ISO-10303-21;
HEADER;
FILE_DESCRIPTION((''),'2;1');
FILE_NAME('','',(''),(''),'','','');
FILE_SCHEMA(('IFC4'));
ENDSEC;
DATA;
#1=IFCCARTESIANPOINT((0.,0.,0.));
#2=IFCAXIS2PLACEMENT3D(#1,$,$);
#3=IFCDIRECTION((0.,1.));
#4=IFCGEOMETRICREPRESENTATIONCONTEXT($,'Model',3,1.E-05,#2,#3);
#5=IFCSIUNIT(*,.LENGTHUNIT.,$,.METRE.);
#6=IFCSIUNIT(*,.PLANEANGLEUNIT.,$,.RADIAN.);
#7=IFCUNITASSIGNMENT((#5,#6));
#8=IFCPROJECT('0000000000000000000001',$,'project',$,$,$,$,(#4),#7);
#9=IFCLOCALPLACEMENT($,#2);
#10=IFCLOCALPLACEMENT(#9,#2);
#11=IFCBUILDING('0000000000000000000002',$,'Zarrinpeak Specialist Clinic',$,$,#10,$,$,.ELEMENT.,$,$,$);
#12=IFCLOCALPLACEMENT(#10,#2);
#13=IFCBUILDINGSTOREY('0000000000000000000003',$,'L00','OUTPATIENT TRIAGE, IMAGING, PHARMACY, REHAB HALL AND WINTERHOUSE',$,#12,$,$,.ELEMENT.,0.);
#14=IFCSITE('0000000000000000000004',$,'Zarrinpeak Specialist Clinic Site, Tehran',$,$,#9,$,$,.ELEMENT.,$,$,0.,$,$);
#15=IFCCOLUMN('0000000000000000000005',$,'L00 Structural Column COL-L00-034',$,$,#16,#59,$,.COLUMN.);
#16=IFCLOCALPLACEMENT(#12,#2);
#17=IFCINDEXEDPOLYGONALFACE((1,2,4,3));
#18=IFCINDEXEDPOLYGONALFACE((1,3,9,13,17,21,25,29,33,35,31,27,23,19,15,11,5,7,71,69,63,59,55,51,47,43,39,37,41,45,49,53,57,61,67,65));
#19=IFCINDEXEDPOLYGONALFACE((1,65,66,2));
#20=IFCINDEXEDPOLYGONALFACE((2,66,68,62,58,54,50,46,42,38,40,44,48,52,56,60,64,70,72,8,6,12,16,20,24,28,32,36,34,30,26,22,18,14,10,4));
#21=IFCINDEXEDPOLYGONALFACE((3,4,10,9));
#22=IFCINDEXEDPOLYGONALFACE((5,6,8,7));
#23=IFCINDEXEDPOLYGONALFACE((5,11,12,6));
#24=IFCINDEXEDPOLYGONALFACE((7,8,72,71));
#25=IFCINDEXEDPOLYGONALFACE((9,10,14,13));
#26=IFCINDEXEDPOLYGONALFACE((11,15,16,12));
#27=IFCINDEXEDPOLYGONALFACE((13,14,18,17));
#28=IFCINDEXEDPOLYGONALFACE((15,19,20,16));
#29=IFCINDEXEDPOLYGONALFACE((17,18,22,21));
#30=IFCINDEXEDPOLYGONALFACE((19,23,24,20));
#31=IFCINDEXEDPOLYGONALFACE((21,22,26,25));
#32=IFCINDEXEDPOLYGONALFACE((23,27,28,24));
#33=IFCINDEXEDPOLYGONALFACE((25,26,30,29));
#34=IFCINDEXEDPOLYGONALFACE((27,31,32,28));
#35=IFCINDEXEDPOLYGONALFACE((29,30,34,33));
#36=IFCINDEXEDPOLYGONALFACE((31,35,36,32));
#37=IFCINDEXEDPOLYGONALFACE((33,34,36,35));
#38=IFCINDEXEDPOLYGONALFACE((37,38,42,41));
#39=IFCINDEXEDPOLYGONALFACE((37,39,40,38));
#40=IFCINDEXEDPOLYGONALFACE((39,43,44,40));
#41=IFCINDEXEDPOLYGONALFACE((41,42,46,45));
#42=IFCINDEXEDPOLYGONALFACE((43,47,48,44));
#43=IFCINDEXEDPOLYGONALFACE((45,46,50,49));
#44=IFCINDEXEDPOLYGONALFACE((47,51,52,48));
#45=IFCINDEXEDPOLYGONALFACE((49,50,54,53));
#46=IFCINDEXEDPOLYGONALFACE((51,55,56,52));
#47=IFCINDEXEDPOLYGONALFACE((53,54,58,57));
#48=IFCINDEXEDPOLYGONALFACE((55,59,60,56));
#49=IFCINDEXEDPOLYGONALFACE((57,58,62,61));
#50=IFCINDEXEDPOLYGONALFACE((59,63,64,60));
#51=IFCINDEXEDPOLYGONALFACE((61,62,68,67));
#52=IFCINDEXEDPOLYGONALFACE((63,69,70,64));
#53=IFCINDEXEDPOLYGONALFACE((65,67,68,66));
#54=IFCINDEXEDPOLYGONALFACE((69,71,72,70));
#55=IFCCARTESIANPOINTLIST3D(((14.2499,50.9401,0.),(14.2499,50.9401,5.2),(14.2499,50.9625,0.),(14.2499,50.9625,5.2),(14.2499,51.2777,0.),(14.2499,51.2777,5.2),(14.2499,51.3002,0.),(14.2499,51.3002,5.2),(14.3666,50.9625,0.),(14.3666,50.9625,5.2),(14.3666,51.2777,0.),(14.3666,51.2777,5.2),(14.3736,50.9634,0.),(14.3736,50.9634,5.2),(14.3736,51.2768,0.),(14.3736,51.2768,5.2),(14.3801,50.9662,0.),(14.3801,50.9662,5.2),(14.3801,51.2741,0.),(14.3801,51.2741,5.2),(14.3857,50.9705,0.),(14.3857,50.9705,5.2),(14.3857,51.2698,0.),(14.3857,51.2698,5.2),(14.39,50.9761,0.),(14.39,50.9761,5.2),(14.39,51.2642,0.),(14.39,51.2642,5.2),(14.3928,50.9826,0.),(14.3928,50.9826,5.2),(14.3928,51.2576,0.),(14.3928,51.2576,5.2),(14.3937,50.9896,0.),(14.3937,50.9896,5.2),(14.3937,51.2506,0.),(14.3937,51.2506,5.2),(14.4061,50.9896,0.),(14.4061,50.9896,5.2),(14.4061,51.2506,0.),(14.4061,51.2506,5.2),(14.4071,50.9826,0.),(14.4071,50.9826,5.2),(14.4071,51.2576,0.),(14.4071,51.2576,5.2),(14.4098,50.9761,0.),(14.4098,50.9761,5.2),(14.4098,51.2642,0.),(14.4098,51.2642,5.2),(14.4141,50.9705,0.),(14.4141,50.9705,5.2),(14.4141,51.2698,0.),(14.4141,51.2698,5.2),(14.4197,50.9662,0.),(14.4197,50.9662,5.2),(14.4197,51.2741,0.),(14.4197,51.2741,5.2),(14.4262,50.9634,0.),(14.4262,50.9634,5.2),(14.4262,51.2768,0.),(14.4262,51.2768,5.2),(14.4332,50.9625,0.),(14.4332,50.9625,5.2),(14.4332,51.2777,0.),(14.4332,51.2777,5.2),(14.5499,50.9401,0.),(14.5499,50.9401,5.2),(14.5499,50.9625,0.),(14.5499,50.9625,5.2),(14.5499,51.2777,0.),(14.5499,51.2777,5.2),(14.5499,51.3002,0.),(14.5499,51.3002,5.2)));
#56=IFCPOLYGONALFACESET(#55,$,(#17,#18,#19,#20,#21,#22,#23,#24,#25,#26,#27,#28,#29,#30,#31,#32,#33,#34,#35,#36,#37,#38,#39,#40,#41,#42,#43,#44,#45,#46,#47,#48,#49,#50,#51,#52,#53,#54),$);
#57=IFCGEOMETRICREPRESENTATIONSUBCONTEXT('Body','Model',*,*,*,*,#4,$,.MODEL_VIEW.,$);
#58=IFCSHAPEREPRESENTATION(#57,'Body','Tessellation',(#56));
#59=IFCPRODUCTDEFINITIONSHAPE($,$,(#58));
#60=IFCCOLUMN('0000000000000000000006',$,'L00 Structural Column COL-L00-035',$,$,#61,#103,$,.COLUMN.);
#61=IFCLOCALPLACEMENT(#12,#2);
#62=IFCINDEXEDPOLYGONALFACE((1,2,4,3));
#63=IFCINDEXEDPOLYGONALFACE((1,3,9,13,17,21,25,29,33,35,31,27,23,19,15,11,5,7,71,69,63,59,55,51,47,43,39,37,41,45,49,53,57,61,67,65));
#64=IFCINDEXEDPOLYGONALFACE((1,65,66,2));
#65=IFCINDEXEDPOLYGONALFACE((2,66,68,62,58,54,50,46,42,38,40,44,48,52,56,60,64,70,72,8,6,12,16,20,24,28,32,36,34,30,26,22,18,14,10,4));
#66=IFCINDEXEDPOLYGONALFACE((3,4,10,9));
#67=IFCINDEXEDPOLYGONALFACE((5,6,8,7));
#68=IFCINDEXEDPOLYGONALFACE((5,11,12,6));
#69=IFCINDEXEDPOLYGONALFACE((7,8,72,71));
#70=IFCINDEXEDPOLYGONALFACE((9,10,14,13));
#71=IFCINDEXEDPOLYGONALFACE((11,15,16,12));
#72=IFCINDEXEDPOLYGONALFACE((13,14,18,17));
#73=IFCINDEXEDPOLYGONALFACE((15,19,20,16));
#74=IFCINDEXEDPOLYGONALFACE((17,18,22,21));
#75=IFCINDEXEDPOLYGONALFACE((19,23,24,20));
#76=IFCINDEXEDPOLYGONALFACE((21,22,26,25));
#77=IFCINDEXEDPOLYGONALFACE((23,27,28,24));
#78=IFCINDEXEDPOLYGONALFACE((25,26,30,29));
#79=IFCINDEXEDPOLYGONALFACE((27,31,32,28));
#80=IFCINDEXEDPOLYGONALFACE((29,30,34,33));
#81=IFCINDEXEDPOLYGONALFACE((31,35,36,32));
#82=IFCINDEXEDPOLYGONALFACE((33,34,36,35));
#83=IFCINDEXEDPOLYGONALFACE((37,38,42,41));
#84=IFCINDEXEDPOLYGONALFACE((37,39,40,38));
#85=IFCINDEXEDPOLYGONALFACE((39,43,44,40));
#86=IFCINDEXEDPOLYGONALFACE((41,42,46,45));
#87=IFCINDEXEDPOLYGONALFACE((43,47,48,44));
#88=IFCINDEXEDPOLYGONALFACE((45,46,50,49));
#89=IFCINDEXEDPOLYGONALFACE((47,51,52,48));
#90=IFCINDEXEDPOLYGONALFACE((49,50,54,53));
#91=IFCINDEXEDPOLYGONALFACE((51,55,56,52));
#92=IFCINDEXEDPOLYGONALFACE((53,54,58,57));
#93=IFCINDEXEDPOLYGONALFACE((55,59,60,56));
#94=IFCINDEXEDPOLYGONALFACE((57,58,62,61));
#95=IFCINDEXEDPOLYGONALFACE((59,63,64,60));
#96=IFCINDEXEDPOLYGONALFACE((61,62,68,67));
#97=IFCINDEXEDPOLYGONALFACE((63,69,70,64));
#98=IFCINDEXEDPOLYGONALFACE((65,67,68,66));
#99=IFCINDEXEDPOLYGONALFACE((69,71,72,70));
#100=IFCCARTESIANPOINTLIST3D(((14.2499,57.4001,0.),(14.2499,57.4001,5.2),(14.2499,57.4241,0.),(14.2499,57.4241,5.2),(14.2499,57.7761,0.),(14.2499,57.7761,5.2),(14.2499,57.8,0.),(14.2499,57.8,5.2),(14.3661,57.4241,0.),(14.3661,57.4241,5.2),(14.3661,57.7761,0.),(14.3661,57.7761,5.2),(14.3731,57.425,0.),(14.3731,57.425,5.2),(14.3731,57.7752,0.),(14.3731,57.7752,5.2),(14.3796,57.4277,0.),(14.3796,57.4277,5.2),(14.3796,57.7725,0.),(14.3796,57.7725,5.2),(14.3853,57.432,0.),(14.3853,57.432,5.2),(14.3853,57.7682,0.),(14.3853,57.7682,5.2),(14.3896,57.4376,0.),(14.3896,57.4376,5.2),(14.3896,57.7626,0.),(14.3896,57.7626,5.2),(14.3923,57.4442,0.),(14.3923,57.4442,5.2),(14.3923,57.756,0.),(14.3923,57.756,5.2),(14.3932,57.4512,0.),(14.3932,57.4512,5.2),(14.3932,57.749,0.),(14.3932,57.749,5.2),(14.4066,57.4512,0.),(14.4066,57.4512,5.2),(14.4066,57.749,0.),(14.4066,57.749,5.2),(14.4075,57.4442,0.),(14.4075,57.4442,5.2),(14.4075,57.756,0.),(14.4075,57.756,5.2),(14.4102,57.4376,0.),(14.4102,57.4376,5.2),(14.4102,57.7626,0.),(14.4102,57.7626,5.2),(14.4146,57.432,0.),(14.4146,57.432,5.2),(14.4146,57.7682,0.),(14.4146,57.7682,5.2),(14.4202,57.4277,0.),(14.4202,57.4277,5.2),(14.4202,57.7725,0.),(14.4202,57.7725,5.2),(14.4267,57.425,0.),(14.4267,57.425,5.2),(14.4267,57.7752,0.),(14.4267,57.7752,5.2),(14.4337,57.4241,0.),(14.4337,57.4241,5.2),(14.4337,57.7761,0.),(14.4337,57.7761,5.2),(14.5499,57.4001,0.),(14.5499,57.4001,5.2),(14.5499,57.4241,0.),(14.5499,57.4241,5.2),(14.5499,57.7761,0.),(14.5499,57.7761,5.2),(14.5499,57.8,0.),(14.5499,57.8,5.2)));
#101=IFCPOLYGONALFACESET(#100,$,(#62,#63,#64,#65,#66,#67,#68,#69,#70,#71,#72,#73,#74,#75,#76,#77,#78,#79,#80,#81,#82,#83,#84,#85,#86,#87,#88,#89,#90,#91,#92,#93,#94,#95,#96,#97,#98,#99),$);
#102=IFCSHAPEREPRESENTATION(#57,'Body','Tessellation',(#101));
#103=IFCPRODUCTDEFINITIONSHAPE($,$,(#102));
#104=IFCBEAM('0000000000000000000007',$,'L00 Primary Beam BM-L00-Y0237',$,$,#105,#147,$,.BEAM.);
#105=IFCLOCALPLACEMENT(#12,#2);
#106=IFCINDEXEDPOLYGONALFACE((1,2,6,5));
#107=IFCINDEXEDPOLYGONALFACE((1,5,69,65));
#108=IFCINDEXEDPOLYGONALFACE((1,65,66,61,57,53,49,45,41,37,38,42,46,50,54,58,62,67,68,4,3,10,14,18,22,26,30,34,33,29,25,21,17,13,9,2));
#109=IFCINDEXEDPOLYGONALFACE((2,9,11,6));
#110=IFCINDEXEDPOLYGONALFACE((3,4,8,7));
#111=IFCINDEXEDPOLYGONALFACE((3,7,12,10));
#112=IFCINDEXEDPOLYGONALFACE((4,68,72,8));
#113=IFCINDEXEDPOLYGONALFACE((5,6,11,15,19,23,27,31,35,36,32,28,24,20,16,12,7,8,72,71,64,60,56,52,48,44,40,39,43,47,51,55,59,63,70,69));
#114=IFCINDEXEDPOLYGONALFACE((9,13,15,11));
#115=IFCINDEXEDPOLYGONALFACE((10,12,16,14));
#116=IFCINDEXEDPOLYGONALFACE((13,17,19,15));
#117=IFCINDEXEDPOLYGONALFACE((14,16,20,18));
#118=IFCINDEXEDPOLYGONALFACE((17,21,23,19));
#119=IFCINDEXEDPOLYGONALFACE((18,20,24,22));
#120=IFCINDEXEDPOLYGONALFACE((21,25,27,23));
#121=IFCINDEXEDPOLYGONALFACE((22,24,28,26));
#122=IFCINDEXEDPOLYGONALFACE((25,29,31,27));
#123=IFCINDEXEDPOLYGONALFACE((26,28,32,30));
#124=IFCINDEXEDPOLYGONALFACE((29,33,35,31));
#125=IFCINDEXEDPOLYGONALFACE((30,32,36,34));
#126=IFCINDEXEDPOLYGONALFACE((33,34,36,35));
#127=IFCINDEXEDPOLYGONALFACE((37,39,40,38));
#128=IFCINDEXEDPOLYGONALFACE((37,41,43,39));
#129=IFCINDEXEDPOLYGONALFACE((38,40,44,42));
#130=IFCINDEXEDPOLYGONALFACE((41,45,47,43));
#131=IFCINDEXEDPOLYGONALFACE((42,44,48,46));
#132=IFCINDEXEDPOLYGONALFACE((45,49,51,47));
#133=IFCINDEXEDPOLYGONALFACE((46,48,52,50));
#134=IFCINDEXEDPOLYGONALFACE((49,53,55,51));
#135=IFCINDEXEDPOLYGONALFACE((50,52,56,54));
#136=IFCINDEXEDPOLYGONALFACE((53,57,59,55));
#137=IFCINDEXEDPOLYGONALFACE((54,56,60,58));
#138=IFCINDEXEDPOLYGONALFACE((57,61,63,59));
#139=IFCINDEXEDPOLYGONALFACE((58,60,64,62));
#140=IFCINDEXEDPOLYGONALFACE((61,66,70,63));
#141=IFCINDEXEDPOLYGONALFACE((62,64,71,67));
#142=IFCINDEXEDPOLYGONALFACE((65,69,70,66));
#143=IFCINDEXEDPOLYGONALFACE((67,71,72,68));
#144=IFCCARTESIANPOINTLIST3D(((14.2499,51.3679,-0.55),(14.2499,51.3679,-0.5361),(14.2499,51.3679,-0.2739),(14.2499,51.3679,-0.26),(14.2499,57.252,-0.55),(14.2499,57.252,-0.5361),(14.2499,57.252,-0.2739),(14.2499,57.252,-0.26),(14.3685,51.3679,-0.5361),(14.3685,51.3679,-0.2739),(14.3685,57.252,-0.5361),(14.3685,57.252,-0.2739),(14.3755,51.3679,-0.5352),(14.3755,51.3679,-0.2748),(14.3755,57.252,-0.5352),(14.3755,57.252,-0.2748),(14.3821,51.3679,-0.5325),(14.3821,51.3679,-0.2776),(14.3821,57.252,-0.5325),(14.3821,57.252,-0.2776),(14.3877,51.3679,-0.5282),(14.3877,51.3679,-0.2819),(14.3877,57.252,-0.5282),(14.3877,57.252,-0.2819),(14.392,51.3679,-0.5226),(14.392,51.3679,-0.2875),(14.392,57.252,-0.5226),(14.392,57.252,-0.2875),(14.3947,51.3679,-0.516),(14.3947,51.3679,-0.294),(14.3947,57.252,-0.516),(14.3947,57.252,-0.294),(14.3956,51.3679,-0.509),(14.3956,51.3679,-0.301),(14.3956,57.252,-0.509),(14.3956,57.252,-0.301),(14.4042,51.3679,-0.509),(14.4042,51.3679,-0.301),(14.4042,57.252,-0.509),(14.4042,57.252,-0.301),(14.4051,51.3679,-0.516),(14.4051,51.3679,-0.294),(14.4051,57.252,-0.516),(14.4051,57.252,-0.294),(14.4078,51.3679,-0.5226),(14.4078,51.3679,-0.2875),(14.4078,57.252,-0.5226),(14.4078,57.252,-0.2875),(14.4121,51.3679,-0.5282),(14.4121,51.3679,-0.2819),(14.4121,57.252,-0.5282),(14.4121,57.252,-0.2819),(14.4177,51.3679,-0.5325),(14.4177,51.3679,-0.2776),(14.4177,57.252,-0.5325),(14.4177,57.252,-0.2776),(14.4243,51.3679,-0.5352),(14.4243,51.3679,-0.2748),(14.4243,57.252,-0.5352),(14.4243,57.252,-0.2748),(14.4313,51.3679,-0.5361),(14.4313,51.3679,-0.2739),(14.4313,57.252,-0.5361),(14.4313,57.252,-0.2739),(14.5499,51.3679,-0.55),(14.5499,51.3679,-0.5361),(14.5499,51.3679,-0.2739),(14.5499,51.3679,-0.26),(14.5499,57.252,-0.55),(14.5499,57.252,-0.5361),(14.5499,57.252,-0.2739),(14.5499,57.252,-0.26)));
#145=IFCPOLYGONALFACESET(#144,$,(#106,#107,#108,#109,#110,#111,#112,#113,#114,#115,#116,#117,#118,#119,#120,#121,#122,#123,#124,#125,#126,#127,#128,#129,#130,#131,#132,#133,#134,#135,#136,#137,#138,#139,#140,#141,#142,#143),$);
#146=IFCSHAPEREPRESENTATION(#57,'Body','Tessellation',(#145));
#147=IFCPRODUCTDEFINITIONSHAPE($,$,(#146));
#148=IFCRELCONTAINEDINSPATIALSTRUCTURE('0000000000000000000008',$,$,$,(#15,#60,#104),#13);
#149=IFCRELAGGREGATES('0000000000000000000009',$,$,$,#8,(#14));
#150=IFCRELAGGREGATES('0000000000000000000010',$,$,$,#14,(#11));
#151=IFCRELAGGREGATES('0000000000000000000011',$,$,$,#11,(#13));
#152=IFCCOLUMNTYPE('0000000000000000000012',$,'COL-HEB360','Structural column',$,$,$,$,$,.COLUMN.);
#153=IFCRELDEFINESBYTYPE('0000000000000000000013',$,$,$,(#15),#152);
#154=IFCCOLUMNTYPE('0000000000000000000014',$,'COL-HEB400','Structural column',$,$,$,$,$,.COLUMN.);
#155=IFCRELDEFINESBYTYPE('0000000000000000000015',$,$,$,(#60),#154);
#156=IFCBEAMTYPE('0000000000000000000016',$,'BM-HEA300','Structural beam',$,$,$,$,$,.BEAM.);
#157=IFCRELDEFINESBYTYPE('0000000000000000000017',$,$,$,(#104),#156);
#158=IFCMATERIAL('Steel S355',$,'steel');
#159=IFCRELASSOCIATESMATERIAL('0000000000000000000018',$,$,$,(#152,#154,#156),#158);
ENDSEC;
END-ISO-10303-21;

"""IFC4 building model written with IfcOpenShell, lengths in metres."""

from ifc_helpers import new_model, si_unit, direction, frame, origin, origin_2d, place, context, subcontext, project, spatial, i_section, extrude, material, material_profile, profile_set, type_object, element, save


model = new_model("IFC4")

# Units and contexts
model_context = context("Model", 3, precision=1e-05, world=origin(), true_north=direction((0.0, 1.0)))
body_context = subcontext(model_context, "Body", "Model", "MODEL_VIEW")
ifc_project = project(units=[si_unit("LENGTHUNIT", "METRE"), si_unit("PLANEANGLEUNIT", "RADIAN")], contexts=[model_context])

# Site, building, storey
site_placement = place(None, origin())
site = spatial("IfcSite", under=ifc_project, at=site_placement, Name="Zarrinpeak Specialist Clinic Site, Tehran", CompositionType="ELEMENT", RefElevation=0.0)
building_placement = place(site_placement, origin())
building = spatial("IfcBuilding", under=site, at=building_placement, Name="Zarrinpeak Specialist Clinic", CompositionType="ELEMENT")
storey_placement = place(building_placement, origin())
storey = spatial("IfcBuildingStorey", under=building, at=storey_placement, Name="L00", Description="OUTPATIENT TRIAGE, IMAGING, PHARMACY, REHAB HALL AND WINTERHOUSE", CompositionType="ELEMENT", Elevation=0.0)

# Columns
ifc_material_1 = material(Name="Steel S355", Category="steel")
ifc_material_profile_1 = material_profile(ifc_material_1, i_section(OverallWidth=0.3, OverallDepth=0.3601, WebThickness=0.0125, FlangeThickness=0.0225, FilletRadius=0.0271, at=origin_2d()), Name="HEB 360")
ifc_profile_set_1 = profile_set([ifc_material_profile_1], Name="Steel S355")
column_type_1 = type_object("IfcColumnType", Name="COL-HEB360", Description="Structural column", PredefinedType="COLUMN", material=ifc_profile_set_1)
column_1_placement = place(storey_placement, frame((14.3999, 51.1201, 0.0), z_axis=(0.0, 0.0, 1.0), x_axis=(1.0, 0.0, 0.0)))
element("IfcColumn", 1, at=column_1_placement, inside=storey, type_object=column_type_1, Name="L00 Structural Column COL-L00-034", PredefinedType="COLUMN", context=body_context, shape_type="SweptSolid", body=[
    extrude(i_section(OverallWidth=0.3, OverallDepth=0.3601, WebThickness=0.0125, FlangeThickness=0.0225, FilletRadius=0.0271, at=origin_2d()), origin(), (0.0, 0.0, 1.0), 5.2),
])
ifc_material_profile_2 = material_profile(ifc_material_1, i_section(OverallWidth=0.3, OverallDepth=0.3999, WebThickness=0.0134, FlangeThickness=0.0239, FilletRadius=0.0271, at=origin_2d()), Name="HEB 400")
ifc_profile_set_2 = profile_set([ifc_material_profile_2], Name="Steel S355")
column_type_2 = type_object("IfcColumnType", Name="COL-HEB400", Description="Structural column", PredefinedType="COLUMN", material=ifc_profile_set_2)
column_2_placement = place(storey_placement, frame((14.3999, 57.6001, 0.0), z_axis=(0.0, 0.0, 1.0), x_axis=(1.0, 0.0, 0.0)))
element("IfcColumn", 2, at=column_2_placement, inside=storey, type_object=column_type_2, Name="L00 Structural Column COL-L00-035", PredefinedType="COLUMN", context=body_context, shape_type="SweptSolid", body=[
    extrude(i_section(OverallWidth=0.3, OverallDepth=0.3999, WebThickness=0.0134, FlangeThickness=0.0239, FilletRadius=0.0271, at=origin_2d()), origin(), (0.0, 0.0, 1.0), 5.2),
])

# Beam
ifc_material_profile_3 = material_profile(ifc_material_1, i_section(OverallWidth=0.3, OverallDepth=0.29, WebThickness=0.0085, FlangeThickness=0.0139, FilletRadius=0.0271, at=origin_2d()), Name="HEA 300")
ifc_profile_set_3 = profile_set([ifc_material_profile_3], Name="Steel S355")
beam_type_1 = type_object("IfcBeamType", Name="BM-HEA300", Description="Structural beam", PredefinedType="BEAM", material=ifc_profile_set_3)
beam_1_placement = place(storey_placement, frame((14.3999, 51.3679, -0.405), z_axis=(0.0, 1.0, 0.0), x_axis=(-1.0, 0.0, 0.0)))
element("IfcBeam", 3, at=beam_1_placement, inside=storey, type_object=beam_type_1, Name="L00 Primary Beam BM-L00-Y0237", PredefinedType="BEAM", context=body_context, shape_type="SweptSolid", body=[
    extrude(i_section(OverallWidth=0.3, OverallDepth=0.29, WebThickness=0.0085, FlangeThickness=0.0139, FilletRadius=0.0271, at=origin_2d()), origin(), (0.0, 0.0, 1.0), 5.884),
])

save(model, "model.ifc")
